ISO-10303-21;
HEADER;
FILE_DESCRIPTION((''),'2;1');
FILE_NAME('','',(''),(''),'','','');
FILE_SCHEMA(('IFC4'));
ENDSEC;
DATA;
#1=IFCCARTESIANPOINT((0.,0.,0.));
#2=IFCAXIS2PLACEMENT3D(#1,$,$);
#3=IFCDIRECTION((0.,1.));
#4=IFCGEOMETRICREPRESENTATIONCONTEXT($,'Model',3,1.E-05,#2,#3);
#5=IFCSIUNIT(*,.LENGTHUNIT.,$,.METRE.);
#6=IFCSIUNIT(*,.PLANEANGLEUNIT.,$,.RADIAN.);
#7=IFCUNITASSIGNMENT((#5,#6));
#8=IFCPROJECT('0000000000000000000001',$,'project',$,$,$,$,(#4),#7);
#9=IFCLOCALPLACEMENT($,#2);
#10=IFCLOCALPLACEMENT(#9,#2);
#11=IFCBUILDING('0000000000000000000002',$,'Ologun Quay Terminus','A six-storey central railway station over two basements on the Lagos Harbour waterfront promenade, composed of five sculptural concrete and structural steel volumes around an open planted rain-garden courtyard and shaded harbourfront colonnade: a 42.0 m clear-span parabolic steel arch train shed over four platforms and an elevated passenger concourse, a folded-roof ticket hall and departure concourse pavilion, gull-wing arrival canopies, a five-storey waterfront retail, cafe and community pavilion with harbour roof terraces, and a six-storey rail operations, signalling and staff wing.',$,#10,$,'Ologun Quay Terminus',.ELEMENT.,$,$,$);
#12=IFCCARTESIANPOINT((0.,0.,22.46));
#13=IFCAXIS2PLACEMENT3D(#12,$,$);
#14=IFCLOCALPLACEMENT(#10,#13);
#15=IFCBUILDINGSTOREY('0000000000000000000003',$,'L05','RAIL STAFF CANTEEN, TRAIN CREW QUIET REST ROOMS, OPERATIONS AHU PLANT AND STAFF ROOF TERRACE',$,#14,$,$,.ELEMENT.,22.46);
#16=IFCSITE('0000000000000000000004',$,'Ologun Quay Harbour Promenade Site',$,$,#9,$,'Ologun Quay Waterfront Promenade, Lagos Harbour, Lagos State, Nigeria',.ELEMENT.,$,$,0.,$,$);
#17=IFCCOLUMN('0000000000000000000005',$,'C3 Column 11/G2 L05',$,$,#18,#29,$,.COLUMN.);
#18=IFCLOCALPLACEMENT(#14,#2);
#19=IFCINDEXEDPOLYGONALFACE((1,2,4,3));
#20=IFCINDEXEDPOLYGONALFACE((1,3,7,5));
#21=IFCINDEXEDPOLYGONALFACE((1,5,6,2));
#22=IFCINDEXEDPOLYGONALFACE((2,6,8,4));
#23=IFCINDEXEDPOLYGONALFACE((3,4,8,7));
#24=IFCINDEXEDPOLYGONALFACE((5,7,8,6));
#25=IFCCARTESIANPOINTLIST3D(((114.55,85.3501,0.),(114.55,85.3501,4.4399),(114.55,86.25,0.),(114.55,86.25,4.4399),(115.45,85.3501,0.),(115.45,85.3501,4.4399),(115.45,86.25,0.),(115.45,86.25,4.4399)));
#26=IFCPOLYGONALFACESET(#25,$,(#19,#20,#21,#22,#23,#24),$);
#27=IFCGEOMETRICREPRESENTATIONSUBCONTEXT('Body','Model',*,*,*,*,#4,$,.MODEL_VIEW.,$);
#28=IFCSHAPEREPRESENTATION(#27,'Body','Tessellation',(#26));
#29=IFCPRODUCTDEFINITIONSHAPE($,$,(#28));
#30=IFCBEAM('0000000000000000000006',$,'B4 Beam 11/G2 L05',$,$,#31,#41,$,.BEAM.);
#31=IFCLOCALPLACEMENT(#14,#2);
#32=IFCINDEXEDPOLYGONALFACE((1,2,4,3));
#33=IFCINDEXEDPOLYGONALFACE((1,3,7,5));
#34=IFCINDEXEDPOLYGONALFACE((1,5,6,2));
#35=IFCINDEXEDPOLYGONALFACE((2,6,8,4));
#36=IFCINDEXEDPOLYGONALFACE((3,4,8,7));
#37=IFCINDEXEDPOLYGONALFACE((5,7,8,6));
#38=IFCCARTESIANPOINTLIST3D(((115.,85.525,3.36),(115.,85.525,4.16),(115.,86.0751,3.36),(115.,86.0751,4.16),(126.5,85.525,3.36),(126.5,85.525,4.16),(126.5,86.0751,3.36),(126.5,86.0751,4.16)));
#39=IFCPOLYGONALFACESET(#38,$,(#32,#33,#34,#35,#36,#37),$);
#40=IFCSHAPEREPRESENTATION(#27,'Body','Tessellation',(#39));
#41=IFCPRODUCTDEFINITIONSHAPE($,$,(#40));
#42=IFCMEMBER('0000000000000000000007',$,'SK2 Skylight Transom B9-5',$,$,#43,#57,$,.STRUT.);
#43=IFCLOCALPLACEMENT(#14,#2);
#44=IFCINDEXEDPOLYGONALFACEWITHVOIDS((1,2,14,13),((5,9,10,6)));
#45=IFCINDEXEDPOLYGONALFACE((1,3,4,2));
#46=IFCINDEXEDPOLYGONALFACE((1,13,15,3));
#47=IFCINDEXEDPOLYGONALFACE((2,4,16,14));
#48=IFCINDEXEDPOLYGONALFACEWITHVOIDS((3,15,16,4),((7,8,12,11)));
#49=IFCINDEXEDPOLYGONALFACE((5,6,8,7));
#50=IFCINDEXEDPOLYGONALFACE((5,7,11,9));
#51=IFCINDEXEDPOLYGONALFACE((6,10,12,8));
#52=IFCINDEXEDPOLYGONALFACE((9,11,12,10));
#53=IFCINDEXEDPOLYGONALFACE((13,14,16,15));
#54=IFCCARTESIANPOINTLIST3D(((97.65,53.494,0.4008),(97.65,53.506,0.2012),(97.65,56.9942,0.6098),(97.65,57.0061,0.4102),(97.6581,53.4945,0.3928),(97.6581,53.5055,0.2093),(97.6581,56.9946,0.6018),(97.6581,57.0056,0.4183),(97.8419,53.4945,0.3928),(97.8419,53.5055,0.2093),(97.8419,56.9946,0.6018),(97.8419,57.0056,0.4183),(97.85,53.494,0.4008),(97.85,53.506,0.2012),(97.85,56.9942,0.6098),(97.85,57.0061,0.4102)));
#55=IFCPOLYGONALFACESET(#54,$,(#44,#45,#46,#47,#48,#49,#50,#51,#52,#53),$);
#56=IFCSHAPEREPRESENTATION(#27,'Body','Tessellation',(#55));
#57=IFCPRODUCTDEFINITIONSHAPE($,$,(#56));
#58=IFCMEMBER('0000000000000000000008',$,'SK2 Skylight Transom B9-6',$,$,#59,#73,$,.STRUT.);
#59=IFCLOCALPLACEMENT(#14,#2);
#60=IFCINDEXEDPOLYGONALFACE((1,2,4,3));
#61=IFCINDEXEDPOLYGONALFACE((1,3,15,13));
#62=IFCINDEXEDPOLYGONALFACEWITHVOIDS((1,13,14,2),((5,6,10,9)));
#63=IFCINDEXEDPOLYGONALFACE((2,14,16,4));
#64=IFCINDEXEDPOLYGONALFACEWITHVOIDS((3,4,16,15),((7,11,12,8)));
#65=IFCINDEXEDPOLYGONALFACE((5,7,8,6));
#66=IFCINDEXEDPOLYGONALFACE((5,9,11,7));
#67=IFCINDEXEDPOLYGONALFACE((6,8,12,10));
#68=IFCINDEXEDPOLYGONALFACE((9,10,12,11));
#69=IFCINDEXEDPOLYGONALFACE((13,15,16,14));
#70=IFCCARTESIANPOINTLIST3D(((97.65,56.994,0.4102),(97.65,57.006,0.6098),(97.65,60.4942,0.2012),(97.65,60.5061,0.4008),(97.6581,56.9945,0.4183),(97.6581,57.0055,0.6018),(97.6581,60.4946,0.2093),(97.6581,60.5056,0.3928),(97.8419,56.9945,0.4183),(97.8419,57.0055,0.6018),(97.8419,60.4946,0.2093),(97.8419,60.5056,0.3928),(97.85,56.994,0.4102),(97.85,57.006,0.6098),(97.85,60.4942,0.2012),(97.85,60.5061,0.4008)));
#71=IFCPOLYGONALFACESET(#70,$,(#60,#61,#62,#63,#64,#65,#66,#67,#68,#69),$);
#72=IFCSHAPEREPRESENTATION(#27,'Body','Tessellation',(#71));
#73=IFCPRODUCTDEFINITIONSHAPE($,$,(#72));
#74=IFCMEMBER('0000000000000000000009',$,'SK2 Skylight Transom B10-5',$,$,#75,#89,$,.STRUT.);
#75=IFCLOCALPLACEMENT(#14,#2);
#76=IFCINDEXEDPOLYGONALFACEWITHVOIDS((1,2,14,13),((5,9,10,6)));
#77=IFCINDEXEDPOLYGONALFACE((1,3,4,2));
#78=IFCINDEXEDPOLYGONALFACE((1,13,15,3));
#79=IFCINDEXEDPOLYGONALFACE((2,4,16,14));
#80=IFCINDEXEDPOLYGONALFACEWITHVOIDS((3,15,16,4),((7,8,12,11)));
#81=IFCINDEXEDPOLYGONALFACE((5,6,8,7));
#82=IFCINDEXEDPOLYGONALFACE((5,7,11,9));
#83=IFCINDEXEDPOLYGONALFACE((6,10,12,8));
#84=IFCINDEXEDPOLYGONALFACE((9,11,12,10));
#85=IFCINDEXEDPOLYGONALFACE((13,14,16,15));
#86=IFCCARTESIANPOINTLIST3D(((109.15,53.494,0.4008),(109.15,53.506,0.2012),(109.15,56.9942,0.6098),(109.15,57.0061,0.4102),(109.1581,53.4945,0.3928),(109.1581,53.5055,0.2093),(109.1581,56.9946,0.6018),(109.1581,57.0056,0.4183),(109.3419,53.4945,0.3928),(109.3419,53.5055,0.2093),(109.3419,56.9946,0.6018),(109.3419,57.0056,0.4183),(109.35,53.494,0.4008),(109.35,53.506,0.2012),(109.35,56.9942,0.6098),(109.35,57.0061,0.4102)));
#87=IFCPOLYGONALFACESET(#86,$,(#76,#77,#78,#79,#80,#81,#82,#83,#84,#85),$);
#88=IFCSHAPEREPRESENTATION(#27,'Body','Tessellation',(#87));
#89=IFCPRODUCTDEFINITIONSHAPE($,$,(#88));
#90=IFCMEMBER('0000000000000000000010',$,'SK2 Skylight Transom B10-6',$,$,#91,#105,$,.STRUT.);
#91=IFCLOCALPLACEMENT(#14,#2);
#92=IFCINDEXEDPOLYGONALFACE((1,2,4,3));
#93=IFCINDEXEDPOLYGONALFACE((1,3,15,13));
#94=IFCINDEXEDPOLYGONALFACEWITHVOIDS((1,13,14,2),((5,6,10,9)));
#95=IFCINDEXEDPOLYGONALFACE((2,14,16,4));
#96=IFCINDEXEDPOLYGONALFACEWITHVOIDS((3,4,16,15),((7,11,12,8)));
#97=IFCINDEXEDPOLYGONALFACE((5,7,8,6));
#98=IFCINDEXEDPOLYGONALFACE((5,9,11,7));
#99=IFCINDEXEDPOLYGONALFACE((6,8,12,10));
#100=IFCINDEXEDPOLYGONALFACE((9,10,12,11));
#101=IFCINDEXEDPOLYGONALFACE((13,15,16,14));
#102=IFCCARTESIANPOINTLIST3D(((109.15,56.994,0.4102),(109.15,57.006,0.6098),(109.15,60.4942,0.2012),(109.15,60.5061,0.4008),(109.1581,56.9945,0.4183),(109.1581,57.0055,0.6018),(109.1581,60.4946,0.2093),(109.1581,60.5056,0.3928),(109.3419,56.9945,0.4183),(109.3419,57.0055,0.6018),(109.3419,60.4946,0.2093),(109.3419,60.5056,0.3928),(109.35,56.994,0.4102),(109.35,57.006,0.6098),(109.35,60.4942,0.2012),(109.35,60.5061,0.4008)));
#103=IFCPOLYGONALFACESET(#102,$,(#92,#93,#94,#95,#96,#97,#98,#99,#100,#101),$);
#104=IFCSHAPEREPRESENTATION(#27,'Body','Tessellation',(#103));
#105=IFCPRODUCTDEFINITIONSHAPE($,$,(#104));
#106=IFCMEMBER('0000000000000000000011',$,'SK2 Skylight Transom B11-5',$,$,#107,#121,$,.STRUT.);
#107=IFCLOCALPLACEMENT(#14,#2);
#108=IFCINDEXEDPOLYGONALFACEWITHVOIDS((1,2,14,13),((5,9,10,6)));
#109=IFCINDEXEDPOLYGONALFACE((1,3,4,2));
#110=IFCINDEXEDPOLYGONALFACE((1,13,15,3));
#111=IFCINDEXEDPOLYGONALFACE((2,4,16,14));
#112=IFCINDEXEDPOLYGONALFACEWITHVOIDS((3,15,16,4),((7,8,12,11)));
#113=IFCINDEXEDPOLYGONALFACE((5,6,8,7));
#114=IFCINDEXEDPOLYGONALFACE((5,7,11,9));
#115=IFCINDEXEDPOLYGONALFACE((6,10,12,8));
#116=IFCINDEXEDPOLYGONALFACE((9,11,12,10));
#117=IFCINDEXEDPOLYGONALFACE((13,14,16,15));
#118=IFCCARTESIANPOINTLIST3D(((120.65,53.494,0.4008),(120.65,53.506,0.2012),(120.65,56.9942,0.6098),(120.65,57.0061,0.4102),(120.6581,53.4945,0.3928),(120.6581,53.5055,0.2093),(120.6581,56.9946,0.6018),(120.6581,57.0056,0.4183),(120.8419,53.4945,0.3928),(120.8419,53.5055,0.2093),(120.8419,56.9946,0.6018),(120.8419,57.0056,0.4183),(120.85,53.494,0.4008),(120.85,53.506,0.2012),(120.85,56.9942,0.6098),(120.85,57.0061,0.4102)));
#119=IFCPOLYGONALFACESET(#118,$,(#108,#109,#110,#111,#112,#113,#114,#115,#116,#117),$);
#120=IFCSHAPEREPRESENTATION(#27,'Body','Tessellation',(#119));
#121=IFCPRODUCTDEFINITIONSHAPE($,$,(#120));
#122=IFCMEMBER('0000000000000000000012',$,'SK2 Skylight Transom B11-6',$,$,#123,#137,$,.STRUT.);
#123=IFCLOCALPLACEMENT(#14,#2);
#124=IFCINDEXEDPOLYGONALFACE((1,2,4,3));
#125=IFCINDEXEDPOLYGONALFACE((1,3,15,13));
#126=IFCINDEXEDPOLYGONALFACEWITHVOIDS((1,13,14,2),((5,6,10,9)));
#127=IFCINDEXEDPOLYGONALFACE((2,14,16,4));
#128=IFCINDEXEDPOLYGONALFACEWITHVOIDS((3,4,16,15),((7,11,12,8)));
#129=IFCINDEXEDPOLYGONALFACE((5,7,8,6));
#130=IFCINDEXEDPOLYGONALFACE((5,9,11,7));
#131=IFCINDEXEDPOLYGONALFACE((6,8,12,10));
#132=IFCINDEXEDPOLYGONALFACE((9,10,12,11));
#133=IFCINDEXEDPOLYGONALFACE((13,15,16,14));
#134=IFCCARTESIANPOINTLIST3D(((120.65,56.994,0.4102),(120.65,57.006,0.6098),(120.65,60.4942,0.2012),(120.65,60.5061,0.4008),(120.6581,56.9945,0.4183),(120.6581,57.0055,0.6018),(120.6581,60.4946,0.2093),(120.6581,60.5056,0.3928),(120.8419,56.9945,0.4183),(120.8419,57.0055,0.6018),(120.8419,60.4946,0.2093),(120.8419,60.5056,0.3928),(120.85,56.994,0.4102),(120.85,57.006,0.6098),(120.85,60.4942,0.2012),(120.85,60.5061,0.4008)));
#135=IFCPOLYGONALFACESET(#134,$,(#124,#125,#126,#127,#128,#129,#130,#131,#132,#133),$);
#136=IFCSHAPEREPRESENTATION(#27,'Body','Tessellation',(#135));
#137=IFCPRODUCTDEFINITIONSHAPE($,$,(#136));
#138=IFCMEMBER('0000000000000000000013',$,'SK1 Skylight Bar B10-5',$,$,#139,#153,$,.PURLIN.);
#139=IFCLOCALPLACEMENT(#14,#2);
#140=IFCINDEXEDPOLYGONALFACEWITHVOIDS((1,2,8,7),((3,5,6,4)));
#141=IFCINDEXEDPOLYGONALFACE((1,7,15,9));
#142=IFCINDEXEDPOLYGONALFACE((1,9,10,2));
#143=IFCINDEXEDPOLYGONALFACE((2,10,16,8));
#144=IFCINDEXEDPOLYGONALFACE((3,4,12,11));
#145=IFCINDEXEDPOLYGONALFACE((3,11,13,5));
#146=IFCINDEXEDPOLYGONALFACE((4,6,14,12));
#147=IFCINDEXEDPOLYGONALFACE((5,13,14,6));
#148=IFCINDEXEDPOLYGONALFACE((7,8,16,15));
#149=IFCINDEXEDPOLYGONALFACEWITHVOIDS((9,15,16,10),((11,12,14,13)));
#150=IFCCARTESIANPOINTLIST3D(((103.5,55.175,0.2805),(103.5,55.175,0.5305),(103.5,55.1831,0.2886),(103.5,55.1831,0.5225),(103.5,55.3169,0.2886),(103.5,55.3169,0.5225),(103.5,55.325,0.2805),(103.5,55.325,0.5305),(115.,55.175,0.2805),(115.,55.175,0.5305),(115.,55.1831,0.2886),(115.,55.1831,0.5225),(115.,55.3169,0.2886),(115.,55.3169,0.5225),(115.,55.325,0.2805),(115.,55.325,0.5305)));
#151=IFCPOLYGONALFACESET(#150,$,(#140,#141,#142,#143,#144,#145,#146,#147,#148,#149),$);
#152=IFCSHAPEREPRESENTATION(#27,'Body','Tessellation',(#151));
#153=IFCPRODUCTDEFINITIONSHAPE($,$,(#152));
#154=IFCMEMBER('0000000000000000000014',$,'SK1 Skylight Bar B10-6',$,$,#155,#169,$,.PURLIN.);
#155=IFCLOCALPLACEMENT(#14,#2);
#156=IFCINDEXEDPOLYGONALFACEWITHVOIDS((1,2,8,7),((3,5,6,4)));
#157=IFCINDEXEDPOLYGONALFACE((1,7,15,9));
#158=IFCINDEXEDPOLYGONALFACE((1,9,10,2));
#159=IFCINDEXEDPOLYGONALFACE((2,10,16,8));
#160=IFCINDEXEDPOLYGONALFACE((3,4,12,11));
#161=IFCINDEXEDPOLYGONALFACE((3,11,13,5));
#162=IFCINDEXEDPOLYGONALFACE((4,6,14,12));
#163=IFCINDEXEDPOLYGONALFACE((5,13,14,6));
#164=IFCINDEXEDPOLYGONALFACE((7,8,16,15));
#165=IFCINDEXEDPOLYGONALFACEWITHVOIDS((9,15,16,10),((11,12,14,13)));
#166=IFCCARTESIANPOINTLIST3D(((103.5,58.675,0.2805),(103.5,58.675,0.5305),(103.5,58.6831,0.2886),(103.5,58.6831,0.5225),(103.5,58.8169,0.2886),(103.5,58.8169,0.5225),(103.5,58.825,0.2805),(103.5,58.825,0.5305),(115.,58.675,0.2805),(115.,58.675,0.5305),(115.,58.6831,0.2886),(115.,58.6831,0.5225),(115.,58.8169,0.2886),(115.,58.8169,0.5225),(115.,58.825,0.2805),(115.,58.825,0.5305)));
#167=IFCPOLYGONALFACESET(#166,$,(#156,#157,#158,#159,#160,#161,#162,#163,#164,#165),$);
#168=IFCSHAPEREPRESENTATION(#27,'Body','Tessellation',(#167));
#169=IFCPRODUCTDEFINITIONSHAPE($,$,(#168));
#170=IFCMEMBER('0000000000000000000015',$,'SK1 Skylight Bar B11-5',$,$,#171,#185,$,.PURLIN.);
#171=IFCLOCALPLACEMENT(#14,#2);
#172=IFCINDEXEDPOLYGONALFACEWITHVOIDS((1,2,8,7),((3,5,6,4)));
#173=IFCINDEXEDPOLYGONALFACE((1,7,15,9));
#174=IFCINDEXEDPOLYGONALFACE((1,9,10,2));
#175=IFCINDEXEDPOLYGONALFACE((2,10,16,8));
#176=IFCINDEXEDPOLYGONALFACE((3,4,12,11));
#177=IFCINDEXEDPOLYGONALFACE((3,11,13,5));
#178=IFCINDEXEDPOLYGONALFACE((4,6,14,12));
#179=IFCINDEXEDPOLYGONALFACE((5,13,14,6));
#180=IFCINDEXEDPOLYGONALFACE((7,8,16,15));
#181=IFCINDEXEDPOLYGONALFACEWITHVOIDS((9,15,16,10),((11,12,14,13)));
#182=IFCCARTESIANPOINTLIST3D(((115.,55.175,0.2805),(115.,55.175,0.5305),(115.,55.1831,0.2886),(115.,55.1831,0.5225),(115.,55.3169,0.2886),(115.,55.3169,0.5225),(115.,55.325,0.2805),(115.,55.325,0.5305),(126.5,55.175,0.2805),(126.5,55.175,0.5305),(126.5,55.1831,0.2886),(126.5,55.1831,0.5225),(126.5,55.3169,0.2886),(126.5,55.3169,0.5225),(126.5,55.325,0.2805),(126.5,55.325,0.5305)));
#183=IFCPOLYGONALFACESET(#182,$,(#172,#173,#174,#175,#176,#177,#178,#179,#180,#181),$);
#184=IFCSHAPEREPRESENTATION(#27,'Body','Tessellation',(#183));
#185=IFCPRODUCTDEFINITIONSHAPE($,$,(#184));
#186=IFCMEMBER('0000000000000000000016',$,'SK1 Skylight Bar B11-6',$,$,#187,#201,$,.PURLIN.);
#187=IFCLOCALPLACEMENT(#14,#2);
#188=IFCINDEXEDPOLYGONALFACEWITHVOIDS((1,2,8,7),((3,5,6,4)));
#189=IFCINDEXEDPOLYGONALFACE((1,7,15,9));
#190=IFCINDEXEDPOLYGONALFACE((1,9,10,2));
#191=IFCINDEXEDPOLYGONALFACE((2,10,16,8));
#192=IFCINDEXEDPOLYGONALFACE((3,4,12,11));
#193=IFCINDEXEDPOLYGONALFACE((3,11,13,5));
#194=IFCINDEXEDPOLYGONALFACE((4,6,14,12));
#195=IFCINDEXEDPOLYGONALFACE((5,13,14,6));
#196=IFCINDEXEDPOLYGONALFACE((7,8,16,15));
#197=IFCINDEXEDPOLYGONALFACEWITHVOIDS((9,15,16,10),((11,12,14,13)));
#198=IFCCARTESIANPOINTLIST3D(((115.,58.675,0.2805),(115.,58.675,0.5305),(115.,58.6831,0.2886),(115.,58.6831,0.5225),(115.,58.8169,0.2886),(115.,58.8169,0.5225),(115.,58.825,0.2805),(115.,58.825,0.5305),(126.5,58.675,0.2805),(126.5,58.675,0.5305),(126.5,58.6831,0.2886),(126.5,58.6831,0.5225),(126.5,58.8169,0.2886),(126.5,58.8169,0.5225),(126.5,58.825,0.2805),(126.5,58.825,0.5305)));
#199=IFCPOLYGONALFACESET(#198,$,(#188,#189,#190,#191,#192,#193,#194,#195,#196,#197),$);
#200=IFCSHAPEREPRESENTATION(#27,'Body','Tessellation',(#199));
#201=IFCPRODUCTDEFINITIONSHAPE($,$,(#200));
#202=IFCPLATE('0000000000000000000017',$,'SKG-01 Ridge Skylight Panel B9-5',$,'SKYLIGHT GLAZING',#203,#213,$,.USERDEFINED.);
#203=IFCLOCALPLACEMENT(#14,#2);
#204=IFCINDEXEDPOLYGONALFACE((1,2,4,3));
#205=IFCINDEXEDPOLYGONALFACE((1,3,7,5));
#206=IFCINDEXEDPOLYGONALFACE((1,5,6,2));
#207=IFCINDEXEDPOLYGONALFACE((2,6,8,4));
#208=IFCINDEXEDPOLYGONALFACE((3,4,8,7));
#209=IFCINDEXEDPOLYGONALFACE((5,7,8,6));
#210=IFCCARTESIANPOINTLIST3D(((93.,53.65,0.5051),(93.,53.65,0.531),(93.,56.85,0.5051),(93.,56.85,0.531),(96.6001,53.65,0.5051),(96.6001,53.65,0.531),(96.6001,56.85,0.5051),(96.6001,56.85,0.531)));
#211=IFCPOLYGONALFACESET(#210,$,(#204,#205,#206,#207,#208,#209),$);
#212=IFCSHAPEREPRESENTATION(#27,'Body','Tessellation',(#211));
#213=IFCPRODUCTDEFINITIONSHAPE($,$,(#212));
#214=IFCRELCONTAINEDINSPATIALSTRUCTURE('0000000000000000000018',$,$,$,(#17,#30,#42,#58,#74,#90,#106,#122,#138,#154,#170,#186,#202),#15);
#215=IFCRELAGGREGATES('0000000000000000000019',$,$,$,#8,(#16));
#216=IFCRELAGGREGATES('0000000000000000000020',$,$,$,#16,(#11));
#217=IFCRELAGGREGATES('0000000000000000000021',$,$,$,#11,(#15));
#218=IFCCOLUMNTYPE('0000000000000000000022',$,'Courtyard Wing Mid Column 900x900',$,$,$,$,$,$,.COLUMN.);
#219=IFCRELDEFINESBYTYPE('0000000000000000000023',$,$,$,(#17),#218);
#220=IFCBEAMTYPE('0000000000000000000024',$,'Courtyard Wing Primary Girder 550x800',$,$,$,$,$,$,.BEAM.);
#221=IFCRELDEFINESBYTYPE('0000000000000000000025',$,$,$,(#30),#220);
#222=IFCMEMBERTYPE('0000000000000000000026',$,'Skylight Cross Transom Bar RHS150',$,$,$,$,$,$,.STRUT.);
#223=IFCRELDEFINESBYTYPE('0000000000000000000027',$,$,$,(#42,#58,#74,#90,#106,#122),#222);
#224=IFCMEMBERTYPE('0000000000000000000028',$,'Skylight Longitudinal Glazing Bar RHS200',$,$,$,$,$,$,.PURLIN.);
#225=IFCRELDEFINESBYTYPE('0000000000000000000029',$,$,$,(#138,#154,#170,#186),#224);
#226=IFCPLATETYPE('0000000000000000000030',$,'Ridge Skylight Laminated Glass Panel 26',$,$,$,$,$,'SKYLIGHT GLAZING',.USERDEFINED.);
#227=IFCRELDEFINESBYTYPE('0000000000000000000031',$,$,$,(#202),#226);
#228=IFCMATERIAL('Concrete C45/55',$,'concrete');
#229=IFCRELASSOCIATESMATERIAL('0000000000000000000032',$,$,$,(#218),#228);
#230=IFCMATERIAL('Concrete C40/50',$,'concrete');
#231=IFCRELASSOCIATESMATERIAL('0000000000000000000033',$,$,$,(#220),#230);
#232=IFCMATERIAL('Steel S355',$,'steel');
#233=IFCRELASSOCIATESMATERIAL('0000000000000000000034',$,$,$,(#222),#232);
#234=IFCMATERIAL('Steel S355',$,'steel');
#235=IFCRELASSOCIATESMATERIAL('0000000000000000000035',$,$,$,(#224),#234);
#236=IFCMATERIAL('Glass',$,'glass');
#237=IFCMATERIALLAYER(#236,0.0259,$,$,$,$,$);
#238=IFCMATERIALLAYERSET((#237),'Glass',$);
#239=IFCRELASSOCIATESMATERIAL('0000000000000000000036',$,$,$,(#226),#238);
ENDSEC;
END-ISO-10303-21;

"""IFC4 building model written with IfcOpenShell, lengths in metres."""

from ifc_helpers import new_model, si_unit, direction, frame, origin, origin_2d, place, context, subcontext, project, spatial, rectangle, hollow_rectangle, extrude, material, layer, layer_set, material_profile, profile_set, type_object, element, save


model = new_model("IFC4")

# Units and contexts
model_context = context("Model", 3, precision=1e-05, world=origin(), true_north=direction((0.0, 1.0)))
body_context = subcontext(model_context, "Body", "Model", "MODEL_VIEW")
ifc_project = project(units=[si_unit("LENGTHUNIT", "METRE"), si_unit("PLANEANGLEUNIT", "RADIAN")], contexts=[model_context])

# Site, building, storey
site_placement = place(None, origin())
site = spatial("IfcSite", under=ifc_project, at=site_placement, Name="Ologun Quay Harbour Promenade Site", LongName="Ologun Quay Waterfront Promenade, Lagos Harbour, Lagos State, Nigeria", CompositionType="ELEMENT", RefElevation=0.0)
building_placement = place(site_placement, origin())
building = spatial("IfcBuilding", under=site, at=building_placement, Name="Ologun Quay Terminus", Description="A six-storey central railway station over two basements on the Lagos Harbour waterfront promenade, composed of five sculptural concrete and structural steel volumes around an open planted rain-garden courtyard and shaded harbourfront colonnade: a 42.0 m clear-span parabolic steel arch train shed over four platforms and an elevated passenger concourse, a folded-roof ticket hall and departure concourse pavilion, gull-wing arrival canopies, a five-storey waterfront retail, cafe and community pavilion with harbour roof terraces, and a six-storey rail operations, signalling and staff wing.", LongName="Ologun Quay Terminus", CompositionType="ELEMENT")
storey_placement = place(building_placement, frame((0.0, 0.0, 22.46)))
storey = spatial("IfcBuildingStorey", under=building, at=storey_placement, Name="L05", Description="RAIL STAFF CANTEEN, TRAIN CREW QUIET REST ROOMS, OPERATIONS AHU PLANT AND STAFF ROOF TERRACE", CompositionType="ELEMENT", Elevation=22.46)

# Column
ifc_material_1 = material(Name="Concrete C45/55", Category="concrete")
ifc_material_profile_1 = material_profile(ifc_material_1, rectangle(XDim=0.8999, YDim=0.8999, at=origin_2d()), Name="RC 900x900")
ifc_profile_set_1 = profile_set([ifc_material_profile_1], Name="Concrete C45/55")
column_type = type_object("IfcColumnType", Name="Courtyard Wing Mid Column 900x900", PredefinedType="COLUMN", material=ifc_profile_set_1)
column_placement = place(storey_placement, frame((115.0, 85.8, 0.0), z_axis=(0.0, 0.0, 1.0), x_axis=(1.0, 0.0, 0.0)))
element("IfcColumn", 1, at=column_placement, inside=storey, type_object=column_type, Name="C3 Column 11/G2 L05", PredefinedType="COLUMN", context=body_context, shape_type="SweptSolid", body=[
    extrude(rectangle(XDim=0.8999, YDim=0.8999, at=origin_2d()), origin(), (0.0, 0.0, 1.0), 4.4399),
])

# Beam
ifc_material_2 = material(Name="Concrete C40/50", Category="concrete")
ifc_material_profile_2 = material_profile(ifc_material_2, rectangle(XDim=0.55, YDim=0.8, at=origin_2d()), Name="RC 550x800")
ifc_profile_set_2 = profile_set([ifc_material_profile_2], Name="Concrete C40/50")
beam_type = type_object("IfcBeamType", Name="Courtyard Wing Primary Girder 550x800", PredefinedType="BEAM", material=ifc_profile_set_2)
beam_placement = place(storey_placement, frame((115.0, 85.8, 3.76), z_axis=(1.0, 0.0, 0.0), x_axis=(0.0, 1.0, 0.0)))
element("IfcBeam", 2, at=beam_placement, inside=storey, type_object=beam_type, Name="B4 Beam 11/G2 L05", PredefinedType="BEAM", context=body_context, shape_type="SweptSolid", body=[
    extrude(rectangle(XDim=0.55, YDim=0.8, at=origin_2d()), origin(), (0.0, 0.0, 1.0), 11.5),
])

# Members
ifc_material_3 = material(Name="Steel S355", Category="steel")
ifc_material_profile_3 = material_profile(ifc_material_3, hollow_rectangle(XDim=0.2, YDim=0.2, WallThickness=0.0081, at=origin_2d()), Name="SHS 200x200x8")
ifc_profile_set_3 = profile_set([ifc_material_profile_3], Name="Steel S355")
member_type_1 = type_object("IfcMemberType", Name="Skylight Cross Transom Bar RHS150", PredefinedType="STRUT", material=ifc_profile_set_3)
for number, where, z_axis, x_axis, name in (
    (3, (97.75, 53.5, 0.301), (0.0, 0.998222, 0.059604), (-1.0, 0.0, 0.0), "SK2 Skylight Transom B9-5"),
    (4, (97.75, 57.0, 0.51), (0.0, 0.998222, -0.059604), (-1.0, 0.0, 0.0), "SK2 Skylight Transom B9-6"),
    (5, (109.25, 53.5, 0.301), (0.0, 0.998222, 0.059604), (-1.0, 0.0, 0.0), "SK2 Skylight Transom B10-5"),
    (6, (109.25, 57.0, 0.51), (0.0, 0.998222, -0.059604), (-1.0, 0.0, 0.0), "SK2 Skylight Transom B10-6"),
    (7, (120.75, 53.5, 0.301), (0.0, 0.998222, 0.059604), (-1.0, 0.0, 0.0), "SK2 Skylight Transom B11-5"),
    (8, (120.75, 57.0, 0.51), (0.0, 0.998222, -0.059604), (-1.0, 0.0, 0.0), "SK2 Skylight Transom B11-6"),
):
    element("IfcMember", number, at=place(storey_placement, frame(where, z_axis=z_axis, x_axis=x_axis)), inside=storey, type_object=member_type_1, Name=name, PredefinedType="STRUT", context=body_context, shape_type="SweptSolid", body=[
        extrude(hollow_rectangle(XDim=0.2, YDim=0.2, WallThickness=0.0081, at=origin_2d()), origin(), (0.0, 0.0, 1.0), 3.5063),
    ])
ifc_material_4 = material(Name="Steel S355", Category="steel")
ifc_material_profile_4 = material_profile(ifc_material_4, hollow_rectangle(XDim=0.1499, YDim=0.25, WallThickness=0.0081, at=origin_2d()), Name="RHS 250x150x8")
ifc_profile_set_4 = profile_set([ifc_material_profile_4], Name="Steel S355")
member_type_2 = type_object("IfcMemberType", Name="Skylight Longitudinal Glazing Bar RHS200", PredefinedType="PURLIN", material=ifc_profile_set_4)
for number, where, z_axis, x_axis, name in (
    (9, (103.5, 55.25, 0.4055), (1.0, 0.0, 0.0), (0.0, 1.0, 0.0), "SK1 Skylight Bar B10-5"),
    (10, (103.5, 58.75, 0.4055), (1.0, 0.0, 0.0), (0.0, 1.0, 0.0), "SK1 Skylight Bar B10-6"),
    (11, (115.0, 55.25, 0.4055), (1.0, 0.0, 0.0), (0.0, 1.0, 0.0), "SK1 Skylight Bar B11-5"),
    (12, (115.0, 58.75, 0.4055), (1.0, 0.0, 0.0), (0.0, 1.0, 0.0), "SK1 Skylight Bar B11-6"),
):
    element("IfcMember", number, at=place(storey_placement, frame(where, z_axis=z_axis, x_axis=x_axis)), inside=storey, type_object=member_type_2, Name=name, PredefinedType="PURLIN", context=body_context, shape_type="SweptSolid", body=[
        extrude(hollow_rectangle(XDim=0.1499, YDim=0.25, WallThickness=0.0081, at=origin_2d()), origin(), (0.0, 0.0, 1.0), 11.5),
    ])

# Plate
ifc_material_5 = material(Name="Glass", Category="glass")
ifc_layer_1 = layer(ifc_material_5, 0.0259)
ifc_layer_set_1 = layer_set([ifc_layer_1], Name="Glass")
plate_type = type_object("IfcPlateType", Name="Ridge Skylight Laminated Glass Panel 26", ElementType="SKYLIGHT GLAZING", PredefinedType="USERDEFINED", material=ifc_layer_set_1)
for number, where, z_axis, x_axis, name in (
    (13, (94.8, 55.25, 0.5051), (0.0, 0.0, 1.0), (1.0, 0.0, 0.0), "SKG-01 Ridge Skylight Panel B9-5"),
):
    element("IfcPlate", number, at=place(storey_placement, frame(where, z_axis=z_axis, x_axis=x_axis)), inside=storey, type_object=plate_type, Name=name, ObjectType="SKYLIGHT GLAZING", PredefinedType="USERDEFINED", context=body_context, shape_type="SweptSolid", body=[
        extrude(rectangle(XDim=3.6001, YDim=3.2, at=origin_2d()), origin(), (0.0, 0.0, 1.0), 0.0259),
    ])

save(model, "model.ifc")
